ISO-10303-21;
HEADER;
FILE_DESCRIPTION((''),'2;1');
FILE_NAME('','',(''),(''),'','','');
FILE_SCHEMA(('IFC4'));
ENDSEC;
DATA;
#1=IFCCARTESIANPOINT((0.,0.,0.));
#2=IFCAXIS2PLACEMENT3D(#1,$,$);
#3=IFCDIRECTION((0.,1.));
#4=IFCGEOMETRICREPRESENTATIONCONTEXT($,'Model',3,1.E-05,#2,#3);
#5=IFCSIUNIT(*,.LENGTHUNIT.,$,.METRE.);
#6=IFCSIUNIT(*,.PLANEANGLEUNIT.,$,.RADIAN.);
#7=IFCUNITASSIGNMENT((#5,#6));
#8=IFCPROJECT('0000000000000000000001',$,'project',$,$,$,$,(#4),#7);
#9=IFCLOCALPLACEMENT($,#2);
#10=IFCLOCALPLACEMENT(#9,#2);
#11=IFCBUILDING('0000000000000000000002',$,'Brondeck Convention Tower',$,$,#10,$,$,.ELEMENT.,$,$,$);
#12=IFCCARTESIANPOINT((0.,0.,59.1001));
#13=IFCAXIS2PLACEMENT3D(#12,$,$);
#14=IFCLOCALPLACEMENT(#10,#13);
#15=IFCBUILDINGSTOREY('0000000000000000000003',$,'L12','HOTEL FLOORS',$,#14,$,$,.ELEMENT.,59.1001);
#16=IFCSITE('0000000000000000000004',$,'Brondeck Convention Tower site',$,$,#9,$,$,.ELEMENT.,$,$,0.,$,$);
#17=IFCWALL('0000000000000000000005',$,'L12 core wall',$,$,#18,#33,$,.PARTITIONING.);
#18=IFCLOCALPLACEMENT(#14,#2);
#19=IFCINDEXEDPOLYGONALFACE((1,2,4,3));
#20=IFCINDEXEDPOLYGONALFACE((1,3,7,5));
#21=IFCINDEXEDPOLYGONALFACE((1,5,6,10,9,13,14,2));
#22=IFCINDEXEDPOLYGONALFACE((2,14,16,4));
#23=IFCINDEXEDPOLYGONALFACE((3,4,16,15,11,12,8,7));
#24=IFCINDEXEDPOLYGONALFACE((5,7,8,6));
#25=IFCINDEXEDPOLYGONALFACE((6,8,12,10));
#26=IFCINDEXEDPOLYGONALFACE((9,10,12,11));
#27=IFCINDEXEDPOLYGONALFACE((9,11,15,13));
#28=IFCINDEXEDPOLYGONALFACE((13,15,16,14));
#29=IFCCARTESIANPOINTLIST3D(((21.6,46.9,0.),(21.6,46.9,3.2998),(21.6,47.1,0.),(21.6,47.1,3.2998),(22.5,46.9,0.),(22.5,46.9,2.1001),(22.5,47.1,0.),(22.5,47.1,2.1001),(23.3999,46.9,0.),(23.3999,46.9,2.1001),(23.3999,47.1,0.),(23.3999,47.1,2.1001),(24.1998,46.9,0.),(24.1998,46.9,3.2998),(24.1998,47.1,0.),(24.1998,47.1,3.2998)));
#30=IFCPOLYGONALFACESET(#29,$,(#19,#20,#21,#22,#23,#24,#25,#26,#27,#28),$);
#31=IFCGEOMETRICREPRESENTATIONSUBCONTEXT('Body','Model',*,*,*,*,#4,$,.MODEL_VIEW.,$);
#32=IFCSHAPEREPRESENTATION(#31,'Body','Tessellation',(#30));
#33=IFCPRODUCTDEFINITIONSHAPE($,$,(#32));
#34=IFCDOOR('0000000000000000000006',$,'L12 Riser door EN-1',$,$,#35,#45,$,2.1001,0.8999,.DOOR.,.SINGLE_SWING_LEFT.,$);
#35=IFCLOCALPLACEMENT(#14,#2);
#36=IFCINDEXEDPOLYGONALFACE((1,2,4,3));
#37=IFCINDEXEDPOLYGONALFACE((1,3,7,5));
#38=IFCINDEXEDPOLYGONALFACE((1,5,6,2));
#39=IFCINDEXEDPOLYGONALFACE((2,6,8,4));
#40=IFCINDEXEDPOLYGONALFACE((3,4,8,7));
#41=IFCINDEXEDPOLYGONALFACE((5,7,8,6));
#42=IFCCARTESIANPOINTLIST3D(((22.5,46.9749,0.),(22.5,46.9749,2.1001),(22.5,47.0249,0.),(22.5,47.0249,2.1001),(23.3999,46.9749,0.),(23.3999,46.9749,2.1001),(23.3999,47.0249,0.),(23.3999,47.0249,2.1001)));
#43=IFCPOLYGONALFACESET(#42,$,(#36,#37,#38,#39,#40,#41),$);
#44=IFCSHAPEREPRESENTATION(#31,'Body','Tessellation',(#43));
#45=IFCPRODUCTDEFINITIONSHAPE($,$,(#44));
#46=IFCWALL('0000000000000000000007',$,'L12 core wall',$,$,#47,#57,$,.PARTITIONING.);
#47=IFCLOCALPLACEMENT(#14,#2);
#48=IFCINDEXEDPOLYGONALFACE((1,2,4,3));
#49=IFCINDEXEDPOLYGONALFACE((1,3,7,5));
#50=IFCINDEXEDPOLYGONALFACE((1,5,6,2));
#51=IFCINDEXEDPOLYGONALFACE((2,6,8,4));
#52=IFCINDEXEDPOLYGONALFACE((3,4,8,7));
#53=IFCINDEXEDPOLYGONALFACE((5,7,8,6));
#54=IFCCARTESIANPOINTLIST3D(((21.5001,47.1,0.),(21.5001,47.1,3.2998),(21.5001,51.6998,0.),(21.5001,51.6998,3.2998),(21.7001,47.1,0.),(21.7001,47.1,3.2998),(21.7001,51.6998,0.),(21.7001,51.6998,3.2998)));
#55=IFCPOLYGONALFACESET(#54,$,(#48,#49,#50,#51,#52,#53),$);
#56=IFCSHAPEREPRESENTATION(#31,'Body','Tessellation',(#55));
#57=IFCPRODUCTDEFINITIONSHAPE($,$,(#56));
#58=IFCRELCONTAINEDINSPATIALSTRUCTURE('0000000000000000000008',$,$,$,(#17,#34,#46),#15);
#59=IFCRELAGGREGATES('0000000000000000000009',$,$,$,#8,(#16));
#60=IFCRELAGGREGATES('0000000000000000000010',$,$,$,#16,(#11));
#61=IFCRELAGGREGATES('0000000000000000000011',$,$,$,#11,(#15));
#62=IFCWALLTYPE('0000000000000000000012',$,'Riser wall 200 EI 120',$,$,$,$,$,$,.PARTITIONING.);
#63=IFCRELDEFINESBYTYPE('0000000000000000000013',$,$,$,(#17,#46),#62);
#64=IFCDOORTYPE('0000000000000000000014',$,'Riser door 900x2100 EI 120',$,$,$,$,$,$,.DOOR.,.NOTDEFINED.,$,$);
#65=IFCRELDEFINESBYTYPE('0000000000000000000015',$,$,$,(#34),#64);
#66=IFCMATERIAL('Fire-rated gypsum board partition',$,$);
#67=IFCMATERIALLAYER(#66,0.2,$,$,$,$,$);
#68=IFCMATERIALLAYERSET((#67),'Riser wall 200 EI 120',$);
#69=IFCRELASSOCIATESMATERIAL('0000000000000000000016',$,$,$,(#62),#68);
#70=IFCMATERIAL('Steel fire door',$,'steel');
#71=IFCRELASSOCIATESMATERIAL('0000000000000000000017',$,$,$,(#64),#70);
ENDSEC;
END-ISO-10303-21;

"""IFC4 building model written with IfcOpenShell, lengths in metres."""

from ifc_helpers import new_model, si_unit, direction, frame, frame_2d, origin, place, context, subcontext, project, spatial, rectangle, extrude, material, layer, layer_set, type_object, element, fill, save


model = new_model("IFC4")

# Units and contexts
model_context = context("Model", 3, precision=1e-05, world=origin(), true_north=direction((0.0, 1.0)))
body_context = subcontext(model_context, "Body", "Model", "MODEL_VIEW")
ifc_project = project(units=[si_unit("LENGTHUNIT", "METRE"), si_unit("PLANEANGLEUNIT", "RADIAN")], contexts=[model_context])

# Site, building, storey
site_placement = place(None, origin())
site = spatial("IfcSite", under=ifc_project, at=site_placement, Name="Brondeck Convention Tower site", CompositionType="ELEMENT", RefElevation=0.0)
building_placement = place(site_placement, origin())
building = spatial("IfcBuilding", under=site, at=building_placement, Name="Brondeck Convention Tower", CompositionType="ELEMENT")
storey_placement = place(building_placement, frame((0.0, 0.0, 59.1001)))
storey = spatial("IfcBuildingStorey", under=building, at=storey_placement, Name="L12", Description="HOTEL FLOORS", CompositionType="ELEMENT", Elevation=59.1001)

# Shared definitions
ifc_material_1 = material(Name="Fire-rated gypsum board partition")

# Shared definitions
ifc_material_2 = material(Name="Steel fire door", Category="steel")

# Wall, opening, door
ifc_layer_1 = layer(ifc_material_1, 0.2)
ifc_layer_set_1 = layer_set([ifc_layer_1], Name="Riser wall 200 EI 120")
wall_type_1 = type_object("IfcWallType", Name="Riser wall 200 EI 120", PredefinedType="PARTITIONING", material=ifc_layer_set_1)
wall_1_placement = place(storey_placement, frame((21.6001, 47.0, 0.0), z_axis=(0.0, 0.0, 1.0), x_axis=(1.0, 0.0, 0.0)))
wall_1 = element("IfcWall", 1, at=wall_1_placement, inside=storey, type_object=wall_type_1, Name="L12 core wall", PredefinedType="PARTITIONING", context=body_context, shape_type="SweptSolid", body=[
    extrude(rectangle(XDim=2.5999, YDim=0.2, at=frame_2d((1.2998, 0.0))), origin(), (0.0, 0.0, 1.0), 3.2998),
])
opening_1_placement = place(wall_1_placement, frame((0.8999, 0.0, 0.0)))
opening_1 = element("IfcOpeningElement", 2, at=opening_1_placement, cuts=wall_1, PredefinedType="OPENING", context=body_context, shape_type="SweptSolid", body=[
    extrude(rectangle(XDim=0.8999, YDim=2.1001, at=frame_2d((0.45, 1.05))), frame((0.0, 0.1099, 0.0), z_axis=(0.0, -1.0, 0.0), x_axis=(1.0, 0.0, 0.0)), (0.0, 0.0, 1.0), 0.22),
])
door_type_1 = type_object("IfcDoorType", Name="Riser door 900x2100 EI 120", OperationType="NOTDEFINED", PredefinedType="DOOR", material=ifc_material_2)
door_1_placement = place(opening_1_placement, origin())
door_1 = element("IfcDoor", 3, at=door_1_placement, inside=storey, type_object=door_type_1, Name="L12 Riser door EN-1", OperationType="SINGLE_SWING_LEFT", OverallHeight=2.1001, OverallWidth=0.8999, PredefinedType="DOOR", context=body_context, shape_type="SweptSolid", body=[
    extrude(rectangle(XDim=0.8999, YDim=2.1001, at=frame_2d((0.45, 1.05))), frame((0.0, 0.0249, 0.0), z_axis=(0.0, -1.0, 0.0), x_axis=(1.0, 0.0, 0.0)), (0.0, 0.0, 1.0), 0.05),
])
fill(opening_1, door_1)

# Wall
wall_2_placement = place(storey_placement, frame((21.6001, 47.1001, 0.0), z_axis=(0.0, 0.0, 1.0), x_axis=(0.0, 1.0, 0.0)))
element("IfcWall", 4, at=wall_2_placement, inside=storey, type_object=wall_type_1, Name="L12 core wall", PredefinedType="PARTITIONING", context=body_context, shape_type="SweptSolid", body=[
    extrude(rectangle(XDim=4.5999, YDim=0.2, at=frame_2d((2.2998, 0.0))), origin(), (0.0, 0.0, 1.0), 3.2998),
])

save(model, "model.ifc")
